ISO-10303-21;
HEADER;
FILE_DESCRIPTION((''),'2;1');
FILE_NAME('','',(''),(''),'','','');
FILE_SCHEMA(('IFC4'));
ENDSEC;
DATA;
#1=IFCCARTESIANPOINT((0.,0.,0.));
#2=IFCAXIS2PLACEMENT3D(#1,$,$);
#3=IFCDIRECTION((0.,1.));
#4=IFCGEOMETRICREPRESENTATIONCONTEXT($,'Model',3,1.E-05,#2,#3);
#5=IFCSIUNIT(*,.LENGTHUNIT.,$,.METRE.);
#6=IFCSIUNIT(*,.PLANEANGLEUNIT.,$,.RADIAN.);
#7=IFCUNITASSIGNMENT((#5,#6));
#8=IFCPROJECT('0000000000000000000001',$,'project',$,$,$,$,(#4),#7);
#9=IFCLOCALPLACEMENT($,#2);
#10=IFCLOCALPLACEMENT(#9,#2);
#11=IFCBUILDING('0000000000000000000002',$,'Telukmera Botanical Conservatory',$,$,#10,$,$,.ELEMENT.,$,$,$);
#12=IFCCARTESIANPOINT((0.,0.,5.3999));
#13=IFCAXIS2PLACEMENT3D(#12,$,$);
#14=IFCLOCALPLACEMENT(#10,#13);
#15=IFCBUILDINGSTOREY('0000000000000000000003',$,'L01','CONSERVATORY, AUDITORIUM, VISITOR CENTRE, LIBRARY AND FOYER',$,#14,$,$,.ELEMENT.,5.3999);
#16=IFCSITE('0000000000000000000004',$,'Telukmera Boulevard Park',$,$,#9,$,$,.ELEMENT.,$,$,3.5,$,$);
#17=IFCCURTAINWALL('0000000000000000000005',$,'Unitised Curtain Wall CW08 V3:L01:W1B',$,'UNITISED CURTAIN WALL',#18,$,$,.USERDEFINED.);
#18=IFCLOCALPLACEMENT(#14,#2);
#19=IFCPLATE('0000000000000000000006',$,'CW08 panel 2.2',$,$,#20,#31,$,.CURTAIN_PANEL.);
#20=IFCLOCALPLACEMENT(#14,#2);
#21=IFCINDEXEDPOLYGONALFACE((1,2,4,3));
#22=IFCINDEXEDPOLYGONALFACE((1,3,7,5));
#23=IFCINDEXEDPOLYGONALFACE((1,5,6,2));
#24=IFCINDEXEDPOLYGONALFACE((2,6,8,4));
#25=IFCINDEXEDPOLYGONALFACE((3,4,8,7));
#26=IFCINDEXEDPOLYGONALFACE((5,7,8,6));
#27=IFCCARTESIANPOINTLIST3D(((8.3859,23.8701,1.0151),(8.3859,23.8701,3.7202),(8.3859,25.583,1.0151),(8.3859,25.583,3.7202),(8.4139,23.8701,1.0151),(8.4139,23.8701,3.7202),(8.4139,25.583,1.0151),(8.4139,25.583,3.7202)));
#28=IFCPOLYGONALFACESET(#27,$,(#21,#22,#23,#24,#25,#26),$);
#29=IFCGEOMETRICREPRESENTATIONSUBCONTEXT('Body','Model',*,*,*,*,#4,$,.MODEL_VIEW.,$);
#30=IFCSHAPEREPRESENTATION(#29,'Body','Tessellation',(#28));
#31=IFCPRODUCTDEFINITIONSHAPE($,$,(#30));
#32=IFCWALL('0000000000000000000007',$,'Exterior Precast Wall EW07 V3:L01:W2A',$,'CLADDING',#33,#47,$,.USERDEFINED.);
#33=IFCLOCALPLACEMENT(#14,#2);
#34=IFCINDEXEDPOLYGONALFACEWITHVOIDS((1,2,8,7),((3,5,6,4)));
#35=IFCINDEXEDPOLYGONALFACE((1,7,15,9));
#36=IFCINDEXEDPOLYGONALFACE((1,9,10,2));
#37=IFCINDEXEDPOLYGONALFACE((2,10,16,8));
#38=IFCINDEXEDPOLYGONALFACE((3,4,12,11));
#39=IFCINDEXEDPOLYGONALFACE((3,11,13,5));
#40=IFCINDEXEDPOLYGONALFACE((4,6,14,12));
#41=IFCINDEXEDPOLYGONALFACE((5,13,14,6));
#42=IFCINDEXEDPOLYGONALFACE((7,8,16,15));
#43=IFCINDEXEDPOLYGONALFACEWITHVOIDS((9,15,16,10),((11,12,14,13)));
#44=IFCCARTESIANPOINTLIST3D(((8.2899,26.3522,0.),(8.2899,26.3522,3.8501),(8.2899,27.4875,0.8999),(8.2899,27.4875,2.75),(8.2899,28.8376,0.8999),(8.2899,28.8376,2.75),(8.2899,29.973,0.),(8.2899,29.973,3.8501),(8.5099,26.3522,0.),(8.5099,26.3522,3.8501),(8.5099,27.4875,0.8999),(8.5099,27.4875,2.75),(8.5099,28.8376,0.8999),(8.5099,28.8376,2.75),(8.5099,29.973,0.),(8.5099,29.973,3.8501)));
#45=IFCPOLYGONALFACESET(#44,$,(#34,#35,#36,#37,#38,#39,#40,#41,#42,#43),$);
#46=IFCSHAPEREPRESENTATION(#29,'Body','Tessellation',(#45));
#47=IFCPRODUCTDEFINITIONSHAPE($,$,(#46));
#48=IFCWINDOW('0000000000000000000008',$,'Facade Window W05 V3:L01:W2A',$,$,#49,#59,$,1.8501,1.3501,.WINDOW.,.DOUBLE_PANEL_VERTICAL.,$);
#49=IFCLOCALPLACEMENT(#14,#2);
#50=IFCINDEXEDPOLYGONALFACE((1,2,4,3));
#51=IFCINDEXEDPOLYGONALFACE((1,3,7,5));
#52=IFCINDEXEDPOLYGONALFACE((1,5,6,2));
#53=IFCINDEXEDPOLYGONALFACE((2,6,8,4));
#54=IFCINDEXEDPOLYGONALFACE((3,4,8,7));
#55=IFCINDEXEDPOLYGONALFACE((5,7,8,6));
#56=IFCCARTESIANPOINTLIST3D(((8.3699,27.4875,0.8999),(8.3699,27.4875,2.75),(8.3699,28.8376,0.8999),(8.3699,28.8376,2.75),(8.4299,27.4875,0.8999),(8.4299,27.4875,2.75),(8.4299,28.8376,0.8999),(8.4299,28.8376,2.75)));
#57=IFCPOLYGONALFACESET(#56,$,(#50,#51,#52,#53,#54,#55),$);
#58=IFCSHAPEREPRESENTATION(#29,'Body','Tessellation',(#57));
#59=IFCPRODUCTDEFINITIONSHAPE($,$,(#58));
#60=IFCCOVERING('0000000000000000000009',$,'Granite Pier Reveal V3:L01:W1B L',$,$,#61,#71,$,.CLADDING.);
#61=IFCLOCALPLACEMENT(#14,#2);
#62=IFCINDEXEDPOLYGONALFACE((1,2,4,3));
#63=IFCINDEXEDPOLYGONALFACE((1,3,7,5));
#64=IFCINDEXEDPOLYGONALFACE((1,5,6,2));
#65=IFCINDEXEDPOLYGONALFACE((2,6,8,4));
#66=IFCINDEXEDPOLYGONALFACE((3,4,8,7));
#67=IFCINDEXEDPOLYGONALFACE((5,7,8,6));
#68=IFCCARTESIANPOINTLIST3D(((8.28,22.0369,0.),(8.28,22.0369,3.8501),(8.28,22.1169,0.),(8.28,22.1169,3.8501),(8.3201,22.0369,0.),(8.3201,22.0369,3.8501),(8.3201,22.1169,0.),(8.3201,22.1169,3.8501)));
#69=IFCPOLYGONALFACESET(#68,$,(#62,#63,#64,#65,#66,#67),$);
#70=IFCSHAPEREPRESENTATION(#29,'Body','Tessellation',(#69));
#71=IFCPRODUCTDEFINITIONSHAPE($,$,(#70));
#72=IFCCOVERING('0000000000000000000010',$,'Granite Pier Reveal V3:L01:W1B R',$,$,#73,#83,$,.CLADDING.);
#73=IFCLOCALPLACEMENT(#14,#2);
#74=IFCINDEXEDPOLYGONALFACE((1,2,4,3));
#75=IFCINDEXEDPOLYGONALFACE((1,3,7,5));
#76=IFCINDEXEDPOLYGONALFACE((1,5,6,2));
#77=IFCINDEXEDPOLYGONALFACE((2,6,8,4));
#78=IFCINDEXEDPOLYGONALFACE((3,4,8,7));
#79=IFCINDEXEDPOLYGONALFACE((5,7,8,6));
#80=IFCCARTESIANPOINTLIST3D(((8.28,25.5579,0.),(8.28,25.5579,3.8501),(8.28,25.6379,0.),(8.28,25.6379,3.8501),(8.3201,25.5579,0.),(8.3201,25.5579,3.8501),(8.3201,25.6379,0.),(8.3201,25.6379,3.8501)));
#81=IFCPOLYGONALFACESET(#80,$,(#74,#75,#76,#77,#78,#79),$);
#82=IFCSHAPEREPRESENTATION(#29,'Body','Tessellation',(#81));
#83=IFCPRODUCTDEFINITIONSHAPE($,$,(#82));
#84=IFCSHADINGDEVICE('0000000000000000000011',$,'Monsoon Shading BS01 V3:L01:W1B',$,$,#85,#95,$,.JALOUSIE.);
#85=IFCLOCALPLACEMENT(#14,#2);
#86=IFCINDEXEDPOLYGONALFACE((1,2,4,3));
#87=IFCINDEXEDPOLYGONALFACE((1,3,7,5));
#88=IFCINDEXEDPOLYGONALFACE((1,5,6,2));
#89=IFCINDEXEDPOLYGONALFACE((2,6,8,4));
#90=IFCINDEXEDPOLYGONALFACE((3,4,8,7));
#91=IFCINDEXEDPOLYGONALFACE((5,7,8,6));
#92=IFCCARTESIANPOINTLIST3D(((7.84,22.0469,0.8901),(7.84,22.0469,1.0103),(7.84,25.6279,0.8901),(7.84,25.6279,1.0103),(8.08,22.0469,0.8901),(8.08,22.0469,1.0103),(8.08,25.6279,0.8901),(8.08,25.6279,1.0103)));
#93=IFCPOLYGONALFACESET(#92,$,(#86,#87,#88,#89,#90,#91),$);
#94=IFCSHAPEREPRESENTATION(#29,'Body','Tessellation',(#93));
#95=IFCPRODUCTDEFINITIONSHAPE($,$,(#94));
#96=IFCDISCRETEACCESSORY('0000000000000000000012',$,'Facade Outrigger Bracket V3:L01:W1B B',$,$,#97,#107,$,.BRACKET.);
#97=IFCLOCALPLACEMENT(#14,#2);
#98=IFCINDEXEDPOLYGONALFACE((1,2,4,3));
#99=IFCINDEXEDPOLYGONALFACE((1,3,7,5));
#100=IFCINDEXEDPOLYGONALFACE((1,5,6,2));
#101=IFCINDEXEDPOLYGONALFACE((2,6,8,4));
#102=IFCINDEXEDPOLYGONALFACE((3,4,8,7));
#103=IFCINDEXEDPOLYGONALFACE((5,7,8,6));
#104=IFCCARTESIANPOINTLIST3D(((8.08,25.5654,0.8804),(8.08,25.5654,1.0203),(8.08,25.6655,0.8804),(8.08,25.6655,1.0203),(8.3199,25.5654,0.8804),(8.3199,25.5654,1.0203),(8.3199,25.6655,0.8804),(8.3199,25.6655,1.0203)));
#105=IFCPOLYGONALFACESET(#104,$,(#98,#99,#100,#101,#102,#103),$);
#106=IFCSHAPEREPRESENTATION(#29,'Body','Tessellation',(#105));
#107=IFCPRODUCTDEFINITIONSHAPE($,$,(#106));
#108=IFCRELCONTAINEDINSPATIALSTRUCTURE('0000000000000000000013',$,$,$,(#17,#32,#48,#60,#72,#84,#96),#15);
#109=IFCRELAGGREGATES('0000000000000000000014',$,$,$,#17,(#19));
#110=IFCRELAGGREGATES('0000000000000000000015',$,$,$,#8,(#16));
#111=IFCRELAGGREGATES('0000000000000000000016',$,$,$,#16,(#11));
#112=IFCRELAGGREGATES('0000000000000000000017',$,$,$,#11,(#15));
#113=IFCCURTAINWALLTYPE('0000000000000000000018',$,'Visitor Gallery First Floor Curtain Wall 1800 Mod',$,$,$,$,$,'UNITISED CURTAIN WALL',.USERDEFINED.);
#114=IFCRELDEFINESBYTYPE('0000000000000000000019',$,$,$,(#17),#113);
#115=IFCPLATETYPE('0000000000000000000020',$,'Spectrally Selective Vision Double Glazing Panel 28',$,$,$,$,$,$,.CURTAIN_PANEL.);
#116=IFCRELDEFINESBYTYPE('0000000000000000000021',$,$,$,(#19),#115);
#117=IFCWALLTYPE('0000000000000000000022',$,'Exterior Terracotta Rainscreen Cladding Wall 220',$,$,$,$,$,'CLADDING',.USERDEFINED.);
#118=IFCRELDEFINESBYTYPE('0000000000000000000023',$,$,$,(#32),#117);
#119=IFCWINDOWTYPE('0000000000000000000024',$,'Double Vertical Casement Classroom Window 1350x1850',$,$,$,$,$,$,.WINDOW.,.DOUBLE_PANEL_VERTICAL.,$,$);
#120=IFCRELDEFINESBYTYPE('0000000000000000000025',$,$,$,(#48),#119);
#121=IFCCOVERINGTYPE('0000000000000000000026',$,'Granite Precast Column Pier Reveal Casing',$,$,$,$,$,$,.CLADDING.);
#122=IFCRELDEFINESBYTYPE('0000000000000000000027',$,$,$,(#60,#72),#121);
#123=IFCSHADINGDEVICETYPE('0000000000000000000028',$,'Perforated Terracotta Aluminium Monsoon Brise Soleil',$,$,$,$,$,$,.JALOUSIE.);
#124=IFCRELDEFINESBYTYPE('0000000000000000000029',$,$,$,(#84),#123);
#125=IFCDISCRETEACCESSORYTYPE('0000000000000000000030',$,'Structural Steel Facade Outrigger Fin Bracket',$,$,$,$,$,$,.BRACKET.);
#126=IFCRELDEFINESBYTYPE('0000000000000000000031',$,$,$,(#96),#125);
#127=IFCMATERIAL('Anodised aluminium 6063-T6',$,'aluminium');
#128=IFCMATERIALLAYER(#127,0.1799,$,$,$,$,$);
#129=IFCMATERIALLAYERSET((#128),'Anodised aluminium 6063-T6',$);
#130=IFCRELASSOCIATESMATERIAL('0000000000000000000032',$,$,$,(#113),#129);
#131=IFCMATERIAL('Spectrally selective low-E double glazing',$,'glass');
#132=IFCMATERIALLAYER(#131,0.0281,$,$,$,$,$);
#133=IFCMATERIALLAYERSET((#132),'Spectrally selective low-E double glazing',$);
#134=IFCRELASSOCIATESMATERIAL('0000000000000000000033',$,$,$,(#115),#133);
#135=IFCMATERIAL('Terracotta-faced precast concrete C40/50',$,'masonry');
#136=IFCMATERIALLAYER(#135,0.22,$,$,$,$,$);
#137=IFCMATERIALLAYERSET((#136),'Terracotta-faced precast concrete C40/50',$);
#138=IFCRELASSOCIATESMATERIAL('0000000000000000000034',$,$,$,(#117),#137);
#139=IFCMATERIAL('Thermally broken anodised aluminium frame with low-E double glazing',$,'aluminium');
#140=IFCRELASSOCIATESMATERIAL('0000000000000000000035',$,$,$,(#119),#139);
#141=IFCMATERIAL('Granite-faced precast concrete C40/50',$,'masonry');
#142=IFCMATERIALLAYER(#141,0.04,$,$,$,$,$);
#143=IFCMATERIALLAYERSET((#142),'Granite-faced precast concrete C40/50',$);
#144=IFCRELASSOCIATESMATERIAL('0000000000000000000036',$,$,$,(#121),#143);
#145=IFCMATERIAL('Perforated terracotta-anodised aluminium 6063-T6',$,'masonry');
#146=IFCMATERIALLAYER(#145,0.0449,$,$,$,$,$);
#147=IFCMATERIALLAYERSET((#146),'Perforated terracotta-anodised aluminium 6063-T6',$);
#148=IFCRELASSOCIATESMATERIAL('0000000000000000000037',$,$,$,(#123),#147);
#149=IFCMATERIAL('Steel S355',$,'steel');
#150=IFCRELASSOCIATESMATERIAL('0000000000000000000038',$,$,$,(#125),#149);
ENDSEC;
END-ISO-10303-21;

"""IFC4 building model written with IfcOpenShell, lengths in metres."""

from ifc_helpers import new_model, si_unit, direction, frame, frame_2d, origin, origin_2d, place, context, subcontext, project, spatial, rectangle, extrude, material, layer, layer_set, type_object, element, fill, aggregate, save


model = new_model("IFC4")

# Units and contexts
model_context = context("Model", 3, precision=1e-05, world=origin(), true_north=direction((0.0, 1.0)))
body_context = subcontext(model_context, "Body", "Model", "MODEL_VIEW")
ifc_project = project(units=[si_unit("LENGTHUNIT", "METRE"), si_unit("PLANEANGLEUNIT", "RADIAN")], contexts=[model_context])

# Site, building, storey
site_placement = place(None, origin())
site = spatial("IfcSite", under=ifc_project, at=site_placement, Name="Telukmera Boulevard Park", CompositionType="ELEMENT", RefElevation=3.5)
building_placement = place(site_placement, origin())
building = spatial("IfcBuilding", under=site, at=building_placement, Name="Telukmera Botanical Conservatory", CompositionType="ELEMENT")
storey_placement = place(building_placement, frame((0.0, 0.0, 5.3999)))
storey = spatial("IfcBuildingStorey", under=building, at=storey_placement, Name="L01", Description="CONSERVATORY, AUDITORIUM, VISITOR CENTRE, LIBRARY AND FOYER", CompositionType="ELEMENT", Elevation=5.3999)

# Curtain wall, plate
ifc_material_1 = material(Name="Anodised aluminium 6063-T6", Category="aluminium")
ifc_layer_1 = layer(ifc_material_1, 0.1799)
ifc_layer_set_1 = layer_set([ifc_layer_1], Name="Anodised aluminium 6063-T6")
curtain_wall_type = type_object("IfcCurtainWallType", Name="Visitor Gallery First Floor Curtain Wall 1800 Mod", ElementType="UNITISED CURTAIN WALL", PredefinedType="USERDEFINED", material=ifc_layer_set_1)
curtain_wall_placement = place(storey_placement, origin())
curtain_wall = element("IfcCurtainWall", 1, at=curtain_wall_placement, inside=storey, type_object=curtain_wall_type, Name="Unitised Curtain Wall CW08 V3:L01:W1B", ObjectType="UNITISED CURTAIN WALL", PredefinedType="USERDEFINED")
ifc_material_2 = material(Name="Spectrally selective low-E double glazing", Category="glass")
ifc_layer_2 = layer(ifc_material_2, 0.0281)
ifc_layer_set_2 = layer_set([ifc_layer_2], Name="Spectrally selective low-E double glazing")
plate_type = type_object("IfcPlateType", Name="Spectrally Selective Vision Double Glazing Panel 28", PredefinedType="CURTAIN_PANEL", material=ifc_layer_set_2)
plate_1_placement = place(storey_placement, frame((8.3999, 24.7266, 1.0151), z_axis=(0.0, 0.0, 1.0), x_axis=(0.0, 1.0, 0.0)))
plate_1 = element("IfcPlate", 2, at=plate_1_placement, type_object=plate_type, Name="CW08 panel 2.2", PredefinedType="CURTAIN_PANEL", context=body_context, shape_type="SweptSolid", body=[
    extrude(rectangle(XDim=1.7129, YDim=0.0281, at=origin_2d()), origin(), (0.0, 0.0, 1.0), 2.7051),
])
aggregate(curtain_wall, [plate_1])

# Wall, opening, window
ifc_material_3 = material(Name="Terracotta-faced precast concrete C40/50", Category="masonry")
ifc_layer_3 = layer(ifc_material_3, 0.22)
ifc_layer_set_3 = layer_set([ifc_layer_3], Name="Terracotta-faced precast concrete C40/50")
wall_type = type_object("IfcWallType", Name="Exterior Terracotta Rainscreen Cladding Wall 220", ElementType="CLADDING", PredefinedType="USERDEFINED", material=ifc_layer_set_3)
wall_placement = place(storey_placement, frame((8.3999, 26.3521, 0.0), z_axis=(0.0, 0.0, 1.0), x_axis=(0.0, 1.0, 0.0)))
wall = element("IfcWall", 3, at=wall_placement, inside=storey, type_object=wall_type, Name="Exterior Precast Wall EW07 V3:L01:W2A", ObjectType="CLADDING", PredefinedType="USERDEFINED", context=body_context, shape_type="SweptSolid", body=[
    extrude(rectangle(XDim=3.6208, YDim=0.22, at=frame_2d((1.8105, 0.0))), origin(), (0.0, 0.0, 1.0), 3.8501),
])
opening_placement = place(wall_placement, frame((1.1355, 0.0, 0.8999)))
opening = element("IfcOpeningElement", 4, at=opening_placement, cuts=wall, PredefinedType="OPENING", context=body_context, shape_type="SweptSolid", body=[
    extrude(rectangle(XDim=1.3501, YDim=1.8501, at=frame_2d((0.675, 0.925))), frame((0.0, 0.1199, 0.0), z_axis=(0.0, -1.0, 0.0), x_axis=(1.0, 0.0, 0.0)), (0.0, 0.0, 1.0), 0.24),
])
ifc_material_4 = material(Name="Thermally broken anodised aluminium frame with low-E double glazing", Category="aluminium")
window_type = type_object("IfcWindowType", Name="Double Vertical Casement Classroom Window 1350x1850", PartitioningType="DOUBLE_PANEL_VERTICAL", PredefinedType="WINDOW", material=ifc_material_4)
window_placement = place(opening_placement, origin())
window = element("IfcWindow", 5, at=window_placement, inside=storey, type_object=window_type, Name="Facade Window W05 V3:L01:W2A", OverallHeight=1.8501, OverallWidth=1.3501, PartitioningType="DOUBLE_PANEL_VERTICAL", PredefinedType="WINDOW", context=body_context, shape_type="SweptSolid", body=[
    extrude(rectangle(XDim=1.3501, YDim=1.8501, at=frame_2d((0.675, 0.925))), frame((0.0, 0.03, 0.0), z_axis=(0.0, -1.0, 0.0), x_axis=(1.0, 0.0, 0.0)), (0.0, 0.0, 1.0), 0.0601),
])
fill(opening, window)

# Coverings
ifc_material_5 = material(Name="Granite-faced precast concrete C40/50", Category="masonry")
ifc_layer_4 = layer(ifc_material_5, 0.04)
ifc_layer_set_4 = layer_set([ifc_layer_4], Name="Granite-faced precast concrete C40/50")
covering_type = type_object("IfcCoveringType", Name="Granite Precast Column Pier Reveal Casing", PredefinedType="CLADDING", material=ifc_layer_set_4)
for number, where, z_axis, x_axis, name in (
    (6, (8.3, 22.0769, 0.0), (0.0, 0.0, 1.0), (0.0, 1.0, 0.0), "Granite Pier Reveal V3:L01:W1B L"),
    (7, (8.3, 25.5979, 0.0), (0.0, 0.0, 1.0), (0.0, 1.0, 0.0), "Granite Pier Reveal V3:L01:W1B R"),
):
    element("IfcCovering", number, at=place(storey_placement, frame(where, z_axis=z_axis, x_axis=x_axis)), inside=storey, type_object=covering_type, Name=name, PredefinedType="CLADDING", context=body_context, shape_type="SweptSolid", body=[
        extrude(rectangle(XDim=0.0801, YDim=0.04, at=origin_2d()), origin(), (0.0, 0.0, 1.0), 3.8501),
    ])

# Shading device
ifc_material_6 = material(Name="Perforated terracotta-anodised aluminium 6063-T6", Category="masonry")
ifc_layer_5 = layer(ifc_material_6, 0.0449)
ifc_layer_set_5 = layer_set([ifc_layer_5], Name="Perforated terracotta-anodised aluminium 6063-T6")
shading_device_type = type_object("IfcShadingDeviceType", Name="Perforated Terracotta Aluminium Monsoon Brise Soleil", PredefinedType="JALOUSIE", material=ifc_layer_set_5)
shading_device_placement = place(storey_placement, frame((7.96, 23.8374, 0.8901), z_axis=(0.0, 0.0, 1.0), x_axis=(0.0, 1.0, 0.0)))
element("IfcShadingDevice", 8, at=shading_device_placement, inside=storey, type_object=shading_device_type, Name="Monsoon Shading BS01 V3:L01:W1B", PredefinedType="JALOUSIE", context=body_context, shape_type="SweptSolid", body=[
    extrude(rectangle(XDim=3.5811, YDim=0.24, at=origin_2d()), origin(), (0.0, 0.0, 1.0), 0.1201),
])

# Discrete accessory
ifc_material_7 = material(Name="Steel S355", Category="steel")
discrete_accessory_type = type_object("IfcDiscreteAccessoryType", Name="Structural Steel Facade Outrigger Fin Bracket", PredefinedType="BRACKET", material=ifc_material_7)
discrete_accessory_placement = place(storey_placement, frame((8.2, 25.6155, 0.8804), z_axis=(0.0, 0.0, 1.0), x_axis=(0.0, 1.0, 0.0)))
element("IfcDiscreteAccessory", 9, at=discrete_accessory_placement, inside=storey, type_object=discrete_accessory_type, Name="Facade Outrigger Bracket V3:L01:W1B B", PredefinedType="BRACKET", context=body_context, shape_type="SweptSolid", body=[
    extrude(rectangle(XDim=0.1001, YDim=0.24, at=origin_2d()), origin(), (0.0, 0.0, 1.0), 0.1399),
])

save(model, "model.ifc")
